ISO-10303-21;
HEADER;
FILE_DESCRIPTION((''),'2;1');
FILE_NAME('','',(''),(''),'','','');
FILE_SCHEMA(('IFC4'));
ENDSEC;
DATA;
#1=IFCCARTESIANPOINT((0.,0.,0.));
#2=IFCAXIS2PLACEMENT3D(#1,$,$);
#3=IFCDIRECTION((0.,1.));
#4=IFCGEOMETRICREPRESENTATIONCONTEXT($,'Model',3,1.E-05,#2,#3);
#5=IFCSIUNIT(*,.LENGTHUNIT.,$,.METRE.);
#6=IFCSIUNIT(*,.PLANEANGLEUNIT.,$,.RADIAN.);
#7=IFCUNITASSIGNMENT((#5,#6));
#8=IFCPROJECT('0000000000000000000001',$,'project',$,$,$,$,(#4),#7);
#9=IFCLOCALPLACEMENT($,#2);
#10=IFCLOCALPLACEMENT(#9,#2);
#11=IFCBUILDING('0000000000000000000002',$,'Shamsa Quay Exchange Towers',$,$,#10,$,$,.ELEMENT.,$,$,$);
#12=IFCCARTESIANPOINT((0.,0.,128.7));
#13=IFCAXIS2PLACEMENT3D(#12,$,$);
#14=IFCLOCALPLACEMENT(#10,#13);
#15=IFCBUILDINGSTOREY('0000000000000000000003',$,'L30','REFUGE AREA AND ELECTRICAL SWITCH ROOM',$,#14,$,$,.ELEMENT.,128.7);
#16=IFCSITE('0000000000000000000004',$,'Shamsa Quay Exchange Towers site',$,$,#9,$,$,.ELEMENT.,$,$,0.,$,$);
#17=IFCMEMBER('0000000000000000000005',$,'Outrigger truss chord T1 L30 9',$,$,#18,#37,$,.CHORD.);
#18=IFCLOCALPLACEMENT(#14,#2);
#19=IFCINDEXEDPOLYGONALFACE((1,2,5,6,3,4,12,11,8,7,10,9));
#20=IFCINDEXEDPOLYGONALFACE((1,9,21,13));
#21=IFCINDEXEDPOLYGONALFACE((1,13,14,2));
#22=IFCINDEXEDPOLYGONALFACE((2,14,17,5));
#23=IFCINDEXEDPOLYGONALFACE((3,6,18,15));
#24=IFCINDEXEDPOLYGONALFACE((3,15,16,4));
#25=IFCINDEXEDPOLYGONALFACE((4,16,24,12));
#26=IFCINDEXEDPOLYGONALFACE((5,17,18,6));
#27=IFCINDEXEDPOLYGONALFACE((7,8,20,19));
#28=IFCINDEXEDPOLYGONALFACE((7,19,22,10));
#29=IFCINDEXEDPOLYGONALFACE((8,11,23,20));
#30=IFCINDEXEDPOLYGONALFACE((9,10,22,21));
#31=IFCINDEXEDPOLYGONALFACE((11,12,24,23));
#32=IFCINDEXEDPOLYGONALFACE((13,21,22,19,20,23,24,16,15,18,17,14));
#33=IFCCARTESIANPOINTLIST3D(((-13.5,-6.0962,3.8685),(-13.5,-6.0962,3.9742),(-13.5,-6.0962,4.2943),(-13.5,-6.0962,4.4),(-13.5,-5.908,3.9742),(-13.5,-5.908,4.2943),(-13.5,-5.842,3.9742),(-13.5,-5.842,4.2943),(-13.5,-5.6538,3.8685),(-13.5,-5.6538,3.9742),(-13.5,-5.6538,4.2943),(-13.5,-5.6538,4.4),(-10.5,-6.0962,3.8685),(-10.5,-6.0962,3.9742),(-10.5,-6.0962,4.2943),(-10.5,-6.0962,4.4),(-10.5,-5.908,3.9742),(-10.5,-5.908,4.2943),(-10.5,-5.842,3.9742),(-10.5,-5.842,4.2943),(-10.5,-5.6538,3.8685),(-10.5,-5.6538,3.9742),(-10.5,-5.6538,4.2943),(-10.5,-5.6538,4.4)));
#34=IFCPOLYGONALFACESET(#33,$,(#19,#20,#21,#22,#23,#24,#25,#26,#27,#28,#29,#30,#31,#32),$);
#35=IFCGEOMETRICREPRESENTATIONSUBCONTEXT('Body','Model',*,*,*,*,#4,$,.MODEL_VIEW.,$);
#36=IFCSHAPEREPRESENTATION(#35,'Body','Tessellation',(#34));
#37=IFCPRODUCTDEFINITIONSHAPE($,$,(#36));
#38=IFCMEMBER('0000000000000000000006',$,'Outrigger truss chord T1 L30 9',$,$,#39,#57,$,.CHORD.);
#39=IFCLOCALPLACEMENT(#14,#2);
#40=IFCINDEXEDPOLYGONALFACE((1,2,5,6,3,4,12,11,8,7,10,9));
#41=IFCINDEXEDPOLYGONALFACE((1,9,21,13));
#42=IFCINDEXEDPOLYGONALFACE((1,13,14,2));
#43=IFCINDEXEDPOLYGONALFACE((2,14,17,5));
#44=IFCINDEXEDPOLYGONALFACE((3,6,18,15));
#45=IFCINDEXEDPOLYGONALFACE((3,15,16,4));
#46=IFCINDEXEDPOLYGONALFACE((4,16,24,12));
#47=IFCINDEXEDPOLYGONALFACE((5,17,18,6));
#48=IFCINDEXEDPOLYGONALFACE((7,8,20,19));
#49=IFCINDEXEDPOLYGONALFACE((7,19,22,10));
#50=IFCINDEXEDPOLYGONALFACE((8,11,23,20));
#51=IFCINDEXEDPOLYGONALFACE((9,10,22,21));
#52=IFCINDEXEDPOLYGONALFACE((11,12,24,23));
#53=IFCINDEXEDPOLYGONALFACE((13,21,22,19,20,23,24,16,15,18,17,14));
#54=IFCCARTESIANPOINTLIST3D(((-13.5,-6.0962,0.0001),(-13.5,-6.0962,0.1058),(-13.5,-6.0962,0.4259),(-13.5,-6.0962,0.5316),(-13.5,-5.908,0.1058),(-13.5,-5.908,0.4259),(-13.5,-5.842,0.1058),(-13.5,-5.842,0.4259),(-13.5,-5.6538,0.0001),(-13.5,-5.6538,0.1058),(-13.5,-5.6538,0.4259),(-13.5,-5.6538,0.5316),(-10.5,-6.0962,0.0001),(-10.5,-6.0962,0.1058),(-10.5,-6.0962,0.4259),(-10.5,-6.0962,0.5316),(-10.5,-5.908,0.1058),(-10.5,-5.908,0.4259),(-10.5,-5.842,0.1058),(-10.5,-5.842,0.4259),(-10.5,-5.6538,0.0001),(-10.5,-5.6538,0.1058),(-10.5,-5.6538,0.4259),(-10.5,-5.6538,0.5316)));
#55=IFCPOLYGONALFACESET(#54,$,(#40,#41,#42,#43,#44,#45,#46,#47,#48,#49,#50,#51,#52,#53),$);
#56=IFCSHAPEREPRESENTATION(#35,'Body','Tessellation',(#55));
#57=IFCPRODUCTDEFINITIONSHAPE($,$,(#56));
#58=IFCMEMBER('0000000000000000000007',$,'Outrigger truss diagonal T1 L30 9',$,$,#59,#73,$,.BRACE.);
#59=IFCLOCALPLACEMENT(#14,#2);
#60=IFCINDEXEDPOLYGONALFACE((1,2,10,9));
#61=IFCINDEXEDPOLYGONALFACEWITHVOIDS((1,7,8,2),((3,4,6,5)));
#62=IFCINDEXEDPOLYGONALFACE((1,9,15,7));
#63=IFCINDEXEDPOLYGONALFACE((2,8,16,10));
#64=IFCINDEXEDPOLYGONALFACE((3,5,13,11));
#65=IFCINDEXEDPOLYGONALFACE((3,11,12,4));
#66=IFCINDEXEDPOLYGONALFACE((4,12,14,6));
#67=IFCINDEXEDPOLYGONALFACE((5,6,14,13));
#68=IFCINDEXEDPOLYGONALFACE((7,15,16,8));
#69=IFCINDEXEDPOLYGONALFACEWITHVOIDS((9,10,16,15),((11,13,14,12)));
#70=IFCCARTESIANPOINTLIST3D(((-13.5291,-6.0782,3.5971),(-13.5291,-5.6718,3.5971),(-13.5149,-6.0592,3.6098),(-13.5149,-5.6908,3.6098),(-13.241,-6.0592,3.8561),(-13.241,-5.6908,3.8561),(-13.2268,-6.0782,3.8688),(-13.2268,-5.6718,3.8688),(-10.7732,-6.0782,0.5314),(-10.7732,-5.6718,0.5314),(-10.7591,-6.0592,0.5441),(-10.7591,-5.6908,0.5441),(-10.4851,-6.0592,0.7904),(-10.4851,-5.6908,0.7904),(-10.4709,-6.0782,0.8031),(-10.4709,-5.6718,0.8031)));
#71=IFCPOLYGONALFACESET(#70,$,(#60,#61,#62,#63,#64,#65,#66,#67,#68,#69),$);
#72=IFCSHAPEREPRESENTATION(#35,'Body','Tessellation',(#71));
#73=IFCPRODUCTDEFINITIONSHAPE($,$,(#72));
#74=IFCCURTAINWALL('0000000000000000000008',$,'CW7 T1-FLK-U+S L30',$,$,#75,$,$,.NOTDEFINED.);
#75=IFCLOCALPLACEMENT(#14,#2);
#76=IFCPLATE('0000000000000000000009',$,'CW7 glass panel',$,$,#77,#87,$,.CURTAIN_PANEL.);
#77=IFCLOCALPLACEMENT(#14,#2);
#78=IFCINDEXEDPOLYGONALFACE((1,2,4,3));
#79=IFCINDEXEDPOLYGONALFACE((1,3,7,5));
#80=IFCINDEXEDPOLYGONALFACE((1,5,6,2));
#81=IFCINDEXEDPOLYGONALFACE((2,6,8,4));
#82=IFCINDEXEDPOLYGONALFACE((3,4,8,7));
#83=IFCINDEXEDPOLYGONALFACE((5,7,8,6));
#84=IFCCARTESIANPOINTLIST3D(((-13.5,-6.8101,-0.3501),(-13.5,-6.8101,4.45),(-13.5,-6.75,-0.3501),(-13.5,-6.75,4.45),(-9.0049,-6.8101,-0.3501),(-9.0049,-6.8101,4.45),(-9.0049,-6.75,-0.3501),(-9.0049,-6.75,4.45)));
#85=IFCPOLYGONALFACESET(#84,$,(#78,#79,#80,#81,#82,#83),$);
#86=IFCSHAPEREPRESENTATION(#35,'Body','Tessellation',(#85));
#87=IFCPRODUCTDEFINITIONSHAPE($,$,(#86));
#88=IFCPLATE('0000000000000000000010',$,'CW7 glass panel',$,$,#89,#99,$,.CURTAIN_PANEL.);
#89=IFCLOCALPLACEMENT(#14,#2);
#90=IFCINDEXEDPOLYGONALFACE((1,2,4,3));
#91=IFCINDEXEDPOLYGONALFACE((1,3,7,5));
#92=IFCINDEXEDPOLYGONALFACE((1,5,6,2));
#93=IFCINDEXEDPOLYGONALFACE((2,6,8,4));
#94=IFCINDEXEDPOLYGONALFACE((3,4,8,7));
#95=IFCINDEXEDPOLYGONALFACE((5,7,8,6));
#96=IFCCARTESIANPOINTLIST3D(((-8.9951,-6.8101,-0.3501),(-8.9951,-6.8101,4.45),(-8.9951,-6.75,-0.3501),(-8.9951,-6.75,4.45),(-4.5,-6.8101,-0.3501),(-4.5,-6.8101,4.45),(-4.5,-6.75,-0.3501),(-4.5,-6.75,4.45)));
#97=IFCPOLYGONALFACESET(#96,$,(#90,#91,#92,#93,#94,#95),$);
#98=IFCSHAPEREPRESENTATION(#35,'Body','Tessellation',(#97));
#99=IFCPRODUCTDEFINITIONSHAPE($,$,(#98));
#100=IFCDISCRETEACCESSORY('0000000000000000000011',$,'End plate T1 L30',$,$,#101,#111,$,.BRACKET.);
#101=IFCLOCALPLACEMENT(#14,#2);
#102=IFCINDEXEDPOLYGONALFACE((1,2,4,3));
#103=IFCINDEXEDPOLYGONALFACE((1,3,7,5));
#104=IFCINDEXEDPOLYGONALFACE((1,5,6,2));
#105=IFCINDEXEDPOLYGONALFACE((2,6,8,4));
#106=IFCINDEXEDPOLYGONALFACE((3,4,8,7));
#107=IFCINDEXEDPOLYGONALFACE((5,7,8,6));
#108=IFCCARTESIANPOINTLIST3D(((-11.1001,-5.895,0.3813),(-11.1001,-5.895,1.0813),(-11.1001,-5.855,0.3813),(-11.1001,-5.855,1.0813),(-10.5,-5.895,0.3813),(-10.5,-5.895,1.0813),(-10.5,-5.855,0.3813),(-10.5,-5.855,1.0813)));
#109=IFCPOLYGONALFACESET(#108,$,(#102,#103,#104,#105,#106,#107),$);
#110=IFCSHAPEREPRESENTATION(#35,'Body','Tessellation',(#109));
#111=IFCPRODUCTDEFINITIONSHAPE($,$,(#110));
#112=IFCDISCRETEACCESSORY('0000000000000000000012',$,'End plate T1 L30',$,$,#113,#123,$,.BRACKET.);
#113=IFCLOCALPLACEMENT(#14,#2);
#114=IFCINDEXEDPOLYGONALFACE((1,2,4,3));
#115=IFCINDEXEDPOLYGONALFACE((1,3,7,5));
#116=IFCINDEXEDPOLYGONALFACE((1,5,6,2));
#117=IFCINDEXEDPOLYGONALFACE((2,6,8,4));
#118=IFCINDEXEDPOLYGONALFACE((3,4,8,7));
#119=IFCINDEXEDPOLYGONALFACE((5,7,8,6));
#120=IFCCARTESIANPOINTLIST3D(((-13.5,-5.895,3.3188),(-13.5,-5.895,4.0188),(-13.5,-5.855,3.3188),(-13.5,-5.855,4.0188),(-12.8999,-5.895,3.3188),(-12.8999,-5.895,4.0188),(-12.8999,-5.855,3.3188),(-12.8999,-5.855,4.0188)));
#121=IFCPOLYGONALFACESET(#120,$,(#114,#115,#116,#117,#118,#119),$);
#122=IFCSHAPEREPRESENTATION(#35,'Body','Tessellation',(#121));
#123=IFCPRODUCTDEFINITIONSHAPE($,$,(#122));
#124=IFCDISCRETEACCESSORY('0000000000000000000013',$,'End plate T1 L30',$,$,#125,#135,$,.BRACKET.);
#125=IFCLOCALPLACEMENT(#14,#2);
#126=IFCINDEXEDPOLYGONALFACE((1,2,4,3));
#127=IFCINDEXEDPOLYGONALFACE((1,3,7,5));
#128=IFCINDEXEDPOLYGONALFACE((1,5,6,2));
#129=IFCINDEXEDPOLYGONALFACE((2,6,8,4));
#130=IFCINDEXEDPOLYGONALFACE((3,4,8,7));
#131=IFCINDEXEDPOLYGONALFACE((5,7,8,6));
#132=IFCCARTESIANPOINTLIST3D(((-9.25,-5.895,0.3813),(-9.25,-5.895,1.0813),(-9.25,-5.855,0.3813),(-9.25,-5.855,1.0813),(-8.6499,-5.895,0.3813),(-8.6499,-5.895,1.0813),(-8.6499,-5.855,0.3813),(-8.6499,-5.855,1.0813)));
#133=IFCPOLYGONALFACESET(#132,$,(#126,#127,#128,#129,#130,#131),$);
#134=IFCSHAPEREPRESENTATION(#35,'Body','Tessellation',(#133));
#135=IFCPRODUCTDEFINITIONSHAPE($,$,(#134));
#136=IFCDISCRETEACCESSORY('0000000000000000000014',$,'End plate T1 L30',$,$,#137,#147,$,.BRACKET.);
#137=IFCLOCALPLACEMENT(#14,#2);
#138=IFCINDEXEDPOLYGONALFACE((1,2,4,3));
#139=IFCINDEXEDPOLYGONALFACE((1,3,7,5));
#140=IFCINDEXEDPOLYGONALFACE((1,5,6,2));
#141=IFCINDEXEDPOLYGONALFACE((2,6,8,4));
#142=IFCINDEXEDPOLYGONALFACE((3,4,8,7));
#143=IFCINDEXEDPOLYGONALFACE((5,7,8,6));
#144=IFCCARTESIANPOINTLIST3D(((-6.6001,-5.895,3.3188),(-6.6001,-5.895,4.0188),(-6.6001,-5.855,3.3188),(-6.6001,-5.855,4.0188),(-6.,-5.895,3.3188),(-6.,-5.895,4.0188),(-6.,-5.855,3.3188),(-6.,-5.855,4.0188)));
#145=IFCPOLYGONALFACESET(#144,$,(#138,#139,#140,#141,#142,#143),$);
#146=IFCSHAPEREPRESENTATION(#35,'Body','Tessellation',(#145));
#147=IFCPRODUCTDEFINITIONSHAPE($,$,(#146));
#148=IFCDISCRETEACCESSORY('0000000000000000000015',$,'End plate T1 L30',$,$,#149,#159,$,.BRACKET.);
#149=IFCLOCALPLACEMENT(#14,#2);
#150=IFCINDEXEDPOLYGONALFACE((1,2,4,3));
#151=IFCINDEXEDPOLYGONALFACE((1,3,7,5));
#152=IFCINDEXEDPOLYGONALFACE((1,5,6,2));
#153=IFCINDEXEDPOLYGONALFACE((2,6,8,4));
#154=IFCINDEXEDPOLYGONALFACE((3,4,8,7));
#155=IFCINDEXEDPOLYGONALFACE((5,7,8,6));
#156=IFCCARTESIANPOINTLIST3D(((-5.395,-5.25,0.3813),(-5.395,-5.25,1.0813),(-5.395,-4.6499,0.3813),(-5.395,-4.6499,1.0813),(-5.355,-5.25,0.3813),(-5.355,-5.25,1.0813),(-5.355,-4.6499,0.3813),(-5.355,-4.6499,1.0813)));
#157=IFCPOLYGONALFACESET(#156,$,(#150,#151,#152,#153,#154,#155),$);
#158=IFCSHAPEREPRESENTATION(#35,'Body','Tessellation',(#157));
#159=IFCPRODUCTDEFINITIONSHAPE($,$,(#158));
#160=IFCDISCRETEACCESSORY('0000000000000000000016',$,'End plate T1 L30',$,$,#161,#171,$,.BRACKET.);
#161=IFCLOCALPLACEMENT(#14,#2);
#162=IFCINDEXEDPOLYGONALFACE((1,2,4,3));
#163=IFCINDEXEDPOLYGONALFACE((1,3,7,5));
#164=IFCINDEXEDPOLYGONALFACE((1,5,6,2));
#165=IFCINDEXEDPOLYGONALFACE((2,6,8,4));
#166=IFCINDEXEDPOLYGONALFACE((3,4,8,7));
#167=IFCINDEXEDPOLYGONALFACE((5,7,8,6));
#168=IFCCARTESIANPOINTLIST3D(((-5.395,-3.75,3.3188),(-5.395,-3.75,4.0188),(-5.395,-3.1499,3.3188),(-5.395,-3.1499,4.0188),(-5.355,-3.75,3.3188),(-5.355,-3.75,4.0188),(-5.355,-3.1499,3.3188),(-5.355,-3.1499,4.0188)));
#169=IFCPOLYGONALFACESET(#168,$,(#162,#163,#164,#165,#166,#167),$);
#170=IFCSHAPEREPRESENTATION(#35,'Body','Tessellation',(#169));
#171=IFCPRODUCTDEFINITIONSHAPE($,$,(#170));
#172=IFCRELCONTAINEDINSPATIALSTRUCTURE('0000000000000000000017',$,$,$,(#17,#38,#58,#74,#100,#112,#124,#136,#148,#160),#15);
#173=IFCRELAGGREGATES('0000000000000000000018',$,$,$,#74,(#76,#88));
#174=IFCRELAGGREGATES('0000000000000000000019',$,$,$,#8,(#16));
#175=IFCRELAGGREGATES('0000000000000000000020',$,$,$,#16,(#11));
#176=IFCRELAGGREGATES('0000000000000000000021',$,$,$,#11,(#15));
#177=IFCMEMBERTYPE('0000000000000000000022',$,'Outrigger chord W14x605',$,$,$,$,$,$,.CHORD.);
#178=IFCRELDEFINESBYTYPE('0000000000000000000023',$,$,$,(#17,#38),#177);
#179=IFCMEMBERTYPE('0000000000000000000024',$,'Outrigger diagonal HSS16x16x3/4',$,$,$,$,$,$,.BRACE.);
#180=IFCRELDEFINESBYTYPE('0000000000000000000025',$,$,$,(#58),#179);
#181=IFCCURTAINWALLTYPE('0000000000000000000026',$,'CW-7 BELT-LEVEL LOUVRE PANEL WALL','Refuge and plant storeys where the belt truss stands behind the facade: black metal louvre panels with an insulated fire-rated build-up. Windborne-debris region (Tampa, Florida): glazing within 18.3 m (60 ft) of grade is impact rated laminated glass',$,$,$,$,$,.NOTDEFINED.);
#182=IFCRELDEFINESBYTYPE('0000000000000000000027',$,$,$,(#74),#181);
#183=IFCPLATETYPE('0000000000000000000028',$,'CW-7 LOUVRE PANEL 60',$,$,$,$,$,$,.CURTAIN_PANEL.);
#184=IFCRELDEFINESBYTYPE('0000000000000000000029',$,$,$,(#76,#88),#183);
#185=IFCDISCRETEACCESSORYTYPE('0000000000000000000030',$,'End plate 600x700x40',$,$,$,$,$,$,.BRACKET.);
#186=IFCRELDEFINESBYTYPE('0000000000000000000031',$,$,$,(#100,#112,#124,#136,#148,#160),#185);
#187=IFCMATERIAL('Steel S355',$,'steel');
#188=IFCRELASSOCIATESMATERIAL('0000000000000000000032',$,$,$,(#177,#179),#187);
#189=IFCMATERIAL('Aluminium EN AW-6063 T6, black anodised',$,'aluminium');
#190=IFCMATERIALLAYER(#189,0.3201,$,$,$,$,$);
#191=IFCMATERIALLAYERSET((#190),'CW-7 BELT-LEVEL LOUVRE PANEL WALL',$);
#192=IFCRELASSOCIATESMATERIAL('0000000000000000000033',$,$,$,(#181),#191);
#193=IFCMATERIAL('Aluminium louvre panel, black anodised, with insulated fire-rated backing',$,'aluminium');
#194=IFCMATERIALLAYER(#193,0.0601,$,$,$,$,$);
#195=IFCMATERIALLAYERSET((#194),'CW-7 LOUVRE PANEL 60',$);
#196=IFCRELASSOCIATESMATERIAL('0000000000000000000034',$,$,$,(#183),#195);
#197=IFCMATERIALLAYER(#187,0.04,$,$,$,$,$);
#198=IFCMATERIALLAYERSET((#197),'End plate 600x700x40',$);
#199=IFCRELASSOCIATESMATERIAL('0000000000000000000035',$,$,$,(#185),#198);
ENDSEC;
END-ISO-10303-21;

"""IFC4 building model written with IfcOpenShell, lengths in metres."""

from ifc_helpers import new_model, si_unit, direction, frame, origin, origin_2d, place, context, subcontext, project, spatial, rectangle, hollow_rectangle, i_section, extrude, material, layer, layer_set, material_profile, profile_set, type_object, element, aggregate, save


model = new_model("IFC4")

# Units and contexts
model_context = context("Model", 3, precision=1e-05, world=origin(), true_north=direction((0.0, 1.0)))
body_context = subcontext(model_context, "Body", "Model", "MODEL_VIEW")
ifc_project = project(units=[si_unit("LENGTHUNIT", "METRE"), si_unit("PLANEANGLEUNIT", "RADIAN")], contexts=[model_context])

# Site, building, storey
site_placement = place(None, origin())
site = spatial("IfcSite", under=ifc_project, at=site_placement, Name="Shamsa Quay Exchange Towers site", CompositionType="ELEMENT", RefElevation=0.0)
building_placement = place(site_placement, origin())
building = spatial("IfcBuilding", under=site, at=building_placement, Name="Shamsa Quay Exchange Towers", CompositionType="ELEMENT")
storey_placement = place(building_placement, frame((0.0, 0.0, 128.7)))
storey = spatial("IfcBuildingStorey", under=building, at=storey_placement, Name="L30", Description="REFUGE AREA AND ELECTRICAL SWITCH ROOM", CompositionType="ELEMENT", Elevation=128.7)

# Members
ifc_material_1 = material(Name="Steel S355", Category="steel")
ifc_material_profile_1 = material_profile(ifc_material_1, i_section(OverallWidth=0.4424, OverallDepth=0.5315, WebThickness=0.0659, FlangeThickness=0.1057, at=origin_2d()), Name="W14x605")
ifc_profile_set_1 = profile_set([ifc_material_profile_1], Name="Steel S355")
member_type_1 = type_object("IfcMemberType", Name="Outrigger chord W14x605", PredefinedType="CHORD", material=ifc_profile_set_1)
for number, where, z_axis, x_axis, name in (
    (1, (-10.5, -5.875, 4.1343), (-1.0, 0.0, 0.0), (0.0, -1.0, 0.0), "Outrigger truss chord T1 L30 9"),
    (2, (-10.5, -5.875, 0.2659), (-1.0, 0.0, 0.0), (0.0, -1.0, 0.0), "Outrigger truss chord T1 L30 9"),
):
    element("IfcMember", number, at=place(storey_placement, frame(where, z_axis=z_axis, x_axis=x_axis)), inside=storey, type_object=member_type_1, Name=name, PredefinedType="CHORD", context=body_context, shape_type="SweptSolid", body=[
        extrude(i_section(OverallWidth=0.4424, OverallDepth=0.5315, WebThickness=0.0659, FlangeThickness=0.1057, at=origin_2d()), origin(), (0.0, 0.0, 1.0), 3.0),
    ])
ifc_material_profile_2 = material_profile(ifc_material_1, hollow_rectangle(XDim=0.4065, YDim=0.4065, WallThickness=0.019, at=origin_2d()), Name="HSS16x16x3/4")
ifc_profile_set_2 = profile_set([ifc_material_profile_2], Name="Steel S355")
member_type_2 = type_object("IfcMemberType", Name="Outrigger diagonal HSS16x16x3/4", PredefinedType="BRACE", material=ifc_profile_set_2)
member_1_placement = place(storey_placement, frame((-10.6221, -5.875, 0.6672), z_axis=(-0.668529, 0.0, 0.743686), x_axis=(0.0, -1.0, 0.0)))
element("IfcMember", 3, at=member_1_placement, inside=storey, type_object=member_type_2, Name="Outrigger truss diagonal T1 L30 9", PredefinedType="BRACE", context=body_context, shape_type="SweptSolid", body=[
    extrude(hollow_rectangle(XDim=0.4065, YDim=0.4065, WallThickness=0.019, at=origin_2d()), origin(), (0.0, 0.0, 1.0), 4.1223),
])

# Curtain wall, plates
ifc_material_2 = material(Name="Aluminium EN AW-6063 T6, black anodised", Category="aluminium")
ifc_layer_1 = layer(ifc_material_2, 0.3201)
ifc_layer_set_1 = layer_set([ifc_layer_1], Name="CW-7 BELT-LEVEL LOUVRE PANEL WALL")
curtain_wall_type = type_object("IfcCurtainWallType", Name="CW-7 BELT-LEVEL LOUVRE PANEL WALL", Description="Refuge and plant storeys where the belt truss stands behind the facade: black metal louvre panels with an insulated fire-rated build-up. Windborne-debris region (Tampa, Florida): glazing within 18.3 m (60 ft) of grade is impact rated laminated glass", PredefinedType="NOTDEFINED", material=ifc_layer_set_1)
curtain_wall_placement = place(storey_placement, origin())
curtain_wall = element("IfcCurtainWall", 4, at=curtain_wall_placement, inside=storey, type_object=curtain_wall_type, Name="CW7 T1-FLK-U+S L30", PredefinedType="NOTDEFINED")
ifc_material_3 = material(Name="Aluminium louvre panel, black anodised, with insulated fire-rated backing", Category="aluminium")
ifc_layer_2 = layer(ifc_material_3, 0.0601)
ifc_layer_set_2 = layer_set([ifc_layer_2], Name="CW-7 LOUVRE PANEL 60")
plate_type = type_object("IfcPlateType", Name="CW-7 LOUVRE PANEL 60", PredefinedType="CURTAIN_PANEL", material=ifc_layer_set_2)
plate_1_placement = place(storey_placement, frame((-11.2524, -6.78, -0.3501)))
plate_1 = element("IfcPlate", 5, at=plate_1_placement, type_object=plate_type, Name="CW7 glass panel", PredefinedType="CURTAIN_PANEL", context=body_context, shape_type="SweptSolid", body=[
    extrude(rectangle(XDim=4.4951, YDim=0.0601, at=origin_2d()), origin(), (0.0, 0.0, 1.0), 4.8),
])
plate_2_placement = place(storey_placement, frame((-6.7476, -6.78, -0.3501)))
plate_2 = element("IfcPlate", 6, at=plate_2_placement, type_object=plate_type, Name="CW7 glass panel", PredefinedType="CURTAIN_PANEL", context=body_context, shape_type="SweptSolid", body=[
    extrude(rectangle(XDim=4.4951, YDim=0.0601, at=origin_2d()), origin(), (0.0, 0.0, 1.0), 4.8),
])
aggregate(curtain_wall, [plate_1, plate_2])

# Discrete accessories
ifc_layer_3 = layer(ifc_material_1, 0.04)
ifc_layer_set_3 = layer_set([ifc_layer_3], Name="End plate 600x700x40")
discrete_accessory_type = type_object("IfcDiscreteAccessoryType", Name="End plate 600x700x40", PredefinedType="BRACKET", material=ifc_layer_set_3)
for number, where, z_axis, x_axis, name in (
    (7, (-10.8, -5.875, 0.3813), (0.0, 0.0, 1.0), (-1.0, 0.0, 0.0), "End plate T1 L30"),
    (8, (-13.2, -5.875, 3.3188), (0.0, 0.0, 1.0), (-1.0, 0.0, 0.0), "End plate T1 L30"),
):
    element("IfcDiscreteAccessory", number, at=place(storey_placement, frame(where, z_axis=z_axis, x_axis=x_axis)), inside=storey, type_object=discrete_accessory_type, Name=name, PredefinedType="BRACKET", context=body_context, shape_type="SweptSolid", body=[
        extrude(rectangle(XDim=0.6001, YDim=0.04, at=origin_2d()), origin(), (0.0, 0.0, 1.0), 0.7),
    ])
for number, where, name in (
    (9, (-8.95, -5.875, 0.3813), "End plate T1 L30"),
    (10, (-6.3, -5.875, 3.3188), "End plate T1 L30"),
):
    element("IfcDiscreteAccessory", number, at=place(storey_placement, frame(where)), inside=storey, type_object=discrete_accessory_type, Name=name, PredefinedType="BRACKET", context=body_context, shape_type="SweptSolid", body=[
        extrude(rectangle(XDim=0.6001, YDim=0.04, at=origin_2d()), origin(), (0.0, 0.0, 1.0), 0.7),
    ])
for number, where, z_axis, x_axis, name in (
    (11, (-5.375, -4.95, 0.3813), (0.0, 0.0, 1.0), (0.0, 1.0, 0.0), "End plate T1 L30"),
    (12, (-5.375, -3.45, 3.3188), (0.0, 0.0, 1.0), (0.0, 1.0, 0.0), "End plate T1 L30"),
):
    element("IfcDiscreteAccessory", number, at=place(storey_placement, frame(where, z_axis=z_axis, x_axis=x_axis)), inside=storey, type_object=discrete_accessory_type, Name=name, PredefinedType="BRACKET", context=body_context, shape_type="SweptSolid", body=[
        extrude(rectangle(XDim=0.6001, YDim=0.04, at=origin_2d()), origin(), (0.0, 0.0, 1.0), 0.7),
    ])

save(model, "model.ifc")
